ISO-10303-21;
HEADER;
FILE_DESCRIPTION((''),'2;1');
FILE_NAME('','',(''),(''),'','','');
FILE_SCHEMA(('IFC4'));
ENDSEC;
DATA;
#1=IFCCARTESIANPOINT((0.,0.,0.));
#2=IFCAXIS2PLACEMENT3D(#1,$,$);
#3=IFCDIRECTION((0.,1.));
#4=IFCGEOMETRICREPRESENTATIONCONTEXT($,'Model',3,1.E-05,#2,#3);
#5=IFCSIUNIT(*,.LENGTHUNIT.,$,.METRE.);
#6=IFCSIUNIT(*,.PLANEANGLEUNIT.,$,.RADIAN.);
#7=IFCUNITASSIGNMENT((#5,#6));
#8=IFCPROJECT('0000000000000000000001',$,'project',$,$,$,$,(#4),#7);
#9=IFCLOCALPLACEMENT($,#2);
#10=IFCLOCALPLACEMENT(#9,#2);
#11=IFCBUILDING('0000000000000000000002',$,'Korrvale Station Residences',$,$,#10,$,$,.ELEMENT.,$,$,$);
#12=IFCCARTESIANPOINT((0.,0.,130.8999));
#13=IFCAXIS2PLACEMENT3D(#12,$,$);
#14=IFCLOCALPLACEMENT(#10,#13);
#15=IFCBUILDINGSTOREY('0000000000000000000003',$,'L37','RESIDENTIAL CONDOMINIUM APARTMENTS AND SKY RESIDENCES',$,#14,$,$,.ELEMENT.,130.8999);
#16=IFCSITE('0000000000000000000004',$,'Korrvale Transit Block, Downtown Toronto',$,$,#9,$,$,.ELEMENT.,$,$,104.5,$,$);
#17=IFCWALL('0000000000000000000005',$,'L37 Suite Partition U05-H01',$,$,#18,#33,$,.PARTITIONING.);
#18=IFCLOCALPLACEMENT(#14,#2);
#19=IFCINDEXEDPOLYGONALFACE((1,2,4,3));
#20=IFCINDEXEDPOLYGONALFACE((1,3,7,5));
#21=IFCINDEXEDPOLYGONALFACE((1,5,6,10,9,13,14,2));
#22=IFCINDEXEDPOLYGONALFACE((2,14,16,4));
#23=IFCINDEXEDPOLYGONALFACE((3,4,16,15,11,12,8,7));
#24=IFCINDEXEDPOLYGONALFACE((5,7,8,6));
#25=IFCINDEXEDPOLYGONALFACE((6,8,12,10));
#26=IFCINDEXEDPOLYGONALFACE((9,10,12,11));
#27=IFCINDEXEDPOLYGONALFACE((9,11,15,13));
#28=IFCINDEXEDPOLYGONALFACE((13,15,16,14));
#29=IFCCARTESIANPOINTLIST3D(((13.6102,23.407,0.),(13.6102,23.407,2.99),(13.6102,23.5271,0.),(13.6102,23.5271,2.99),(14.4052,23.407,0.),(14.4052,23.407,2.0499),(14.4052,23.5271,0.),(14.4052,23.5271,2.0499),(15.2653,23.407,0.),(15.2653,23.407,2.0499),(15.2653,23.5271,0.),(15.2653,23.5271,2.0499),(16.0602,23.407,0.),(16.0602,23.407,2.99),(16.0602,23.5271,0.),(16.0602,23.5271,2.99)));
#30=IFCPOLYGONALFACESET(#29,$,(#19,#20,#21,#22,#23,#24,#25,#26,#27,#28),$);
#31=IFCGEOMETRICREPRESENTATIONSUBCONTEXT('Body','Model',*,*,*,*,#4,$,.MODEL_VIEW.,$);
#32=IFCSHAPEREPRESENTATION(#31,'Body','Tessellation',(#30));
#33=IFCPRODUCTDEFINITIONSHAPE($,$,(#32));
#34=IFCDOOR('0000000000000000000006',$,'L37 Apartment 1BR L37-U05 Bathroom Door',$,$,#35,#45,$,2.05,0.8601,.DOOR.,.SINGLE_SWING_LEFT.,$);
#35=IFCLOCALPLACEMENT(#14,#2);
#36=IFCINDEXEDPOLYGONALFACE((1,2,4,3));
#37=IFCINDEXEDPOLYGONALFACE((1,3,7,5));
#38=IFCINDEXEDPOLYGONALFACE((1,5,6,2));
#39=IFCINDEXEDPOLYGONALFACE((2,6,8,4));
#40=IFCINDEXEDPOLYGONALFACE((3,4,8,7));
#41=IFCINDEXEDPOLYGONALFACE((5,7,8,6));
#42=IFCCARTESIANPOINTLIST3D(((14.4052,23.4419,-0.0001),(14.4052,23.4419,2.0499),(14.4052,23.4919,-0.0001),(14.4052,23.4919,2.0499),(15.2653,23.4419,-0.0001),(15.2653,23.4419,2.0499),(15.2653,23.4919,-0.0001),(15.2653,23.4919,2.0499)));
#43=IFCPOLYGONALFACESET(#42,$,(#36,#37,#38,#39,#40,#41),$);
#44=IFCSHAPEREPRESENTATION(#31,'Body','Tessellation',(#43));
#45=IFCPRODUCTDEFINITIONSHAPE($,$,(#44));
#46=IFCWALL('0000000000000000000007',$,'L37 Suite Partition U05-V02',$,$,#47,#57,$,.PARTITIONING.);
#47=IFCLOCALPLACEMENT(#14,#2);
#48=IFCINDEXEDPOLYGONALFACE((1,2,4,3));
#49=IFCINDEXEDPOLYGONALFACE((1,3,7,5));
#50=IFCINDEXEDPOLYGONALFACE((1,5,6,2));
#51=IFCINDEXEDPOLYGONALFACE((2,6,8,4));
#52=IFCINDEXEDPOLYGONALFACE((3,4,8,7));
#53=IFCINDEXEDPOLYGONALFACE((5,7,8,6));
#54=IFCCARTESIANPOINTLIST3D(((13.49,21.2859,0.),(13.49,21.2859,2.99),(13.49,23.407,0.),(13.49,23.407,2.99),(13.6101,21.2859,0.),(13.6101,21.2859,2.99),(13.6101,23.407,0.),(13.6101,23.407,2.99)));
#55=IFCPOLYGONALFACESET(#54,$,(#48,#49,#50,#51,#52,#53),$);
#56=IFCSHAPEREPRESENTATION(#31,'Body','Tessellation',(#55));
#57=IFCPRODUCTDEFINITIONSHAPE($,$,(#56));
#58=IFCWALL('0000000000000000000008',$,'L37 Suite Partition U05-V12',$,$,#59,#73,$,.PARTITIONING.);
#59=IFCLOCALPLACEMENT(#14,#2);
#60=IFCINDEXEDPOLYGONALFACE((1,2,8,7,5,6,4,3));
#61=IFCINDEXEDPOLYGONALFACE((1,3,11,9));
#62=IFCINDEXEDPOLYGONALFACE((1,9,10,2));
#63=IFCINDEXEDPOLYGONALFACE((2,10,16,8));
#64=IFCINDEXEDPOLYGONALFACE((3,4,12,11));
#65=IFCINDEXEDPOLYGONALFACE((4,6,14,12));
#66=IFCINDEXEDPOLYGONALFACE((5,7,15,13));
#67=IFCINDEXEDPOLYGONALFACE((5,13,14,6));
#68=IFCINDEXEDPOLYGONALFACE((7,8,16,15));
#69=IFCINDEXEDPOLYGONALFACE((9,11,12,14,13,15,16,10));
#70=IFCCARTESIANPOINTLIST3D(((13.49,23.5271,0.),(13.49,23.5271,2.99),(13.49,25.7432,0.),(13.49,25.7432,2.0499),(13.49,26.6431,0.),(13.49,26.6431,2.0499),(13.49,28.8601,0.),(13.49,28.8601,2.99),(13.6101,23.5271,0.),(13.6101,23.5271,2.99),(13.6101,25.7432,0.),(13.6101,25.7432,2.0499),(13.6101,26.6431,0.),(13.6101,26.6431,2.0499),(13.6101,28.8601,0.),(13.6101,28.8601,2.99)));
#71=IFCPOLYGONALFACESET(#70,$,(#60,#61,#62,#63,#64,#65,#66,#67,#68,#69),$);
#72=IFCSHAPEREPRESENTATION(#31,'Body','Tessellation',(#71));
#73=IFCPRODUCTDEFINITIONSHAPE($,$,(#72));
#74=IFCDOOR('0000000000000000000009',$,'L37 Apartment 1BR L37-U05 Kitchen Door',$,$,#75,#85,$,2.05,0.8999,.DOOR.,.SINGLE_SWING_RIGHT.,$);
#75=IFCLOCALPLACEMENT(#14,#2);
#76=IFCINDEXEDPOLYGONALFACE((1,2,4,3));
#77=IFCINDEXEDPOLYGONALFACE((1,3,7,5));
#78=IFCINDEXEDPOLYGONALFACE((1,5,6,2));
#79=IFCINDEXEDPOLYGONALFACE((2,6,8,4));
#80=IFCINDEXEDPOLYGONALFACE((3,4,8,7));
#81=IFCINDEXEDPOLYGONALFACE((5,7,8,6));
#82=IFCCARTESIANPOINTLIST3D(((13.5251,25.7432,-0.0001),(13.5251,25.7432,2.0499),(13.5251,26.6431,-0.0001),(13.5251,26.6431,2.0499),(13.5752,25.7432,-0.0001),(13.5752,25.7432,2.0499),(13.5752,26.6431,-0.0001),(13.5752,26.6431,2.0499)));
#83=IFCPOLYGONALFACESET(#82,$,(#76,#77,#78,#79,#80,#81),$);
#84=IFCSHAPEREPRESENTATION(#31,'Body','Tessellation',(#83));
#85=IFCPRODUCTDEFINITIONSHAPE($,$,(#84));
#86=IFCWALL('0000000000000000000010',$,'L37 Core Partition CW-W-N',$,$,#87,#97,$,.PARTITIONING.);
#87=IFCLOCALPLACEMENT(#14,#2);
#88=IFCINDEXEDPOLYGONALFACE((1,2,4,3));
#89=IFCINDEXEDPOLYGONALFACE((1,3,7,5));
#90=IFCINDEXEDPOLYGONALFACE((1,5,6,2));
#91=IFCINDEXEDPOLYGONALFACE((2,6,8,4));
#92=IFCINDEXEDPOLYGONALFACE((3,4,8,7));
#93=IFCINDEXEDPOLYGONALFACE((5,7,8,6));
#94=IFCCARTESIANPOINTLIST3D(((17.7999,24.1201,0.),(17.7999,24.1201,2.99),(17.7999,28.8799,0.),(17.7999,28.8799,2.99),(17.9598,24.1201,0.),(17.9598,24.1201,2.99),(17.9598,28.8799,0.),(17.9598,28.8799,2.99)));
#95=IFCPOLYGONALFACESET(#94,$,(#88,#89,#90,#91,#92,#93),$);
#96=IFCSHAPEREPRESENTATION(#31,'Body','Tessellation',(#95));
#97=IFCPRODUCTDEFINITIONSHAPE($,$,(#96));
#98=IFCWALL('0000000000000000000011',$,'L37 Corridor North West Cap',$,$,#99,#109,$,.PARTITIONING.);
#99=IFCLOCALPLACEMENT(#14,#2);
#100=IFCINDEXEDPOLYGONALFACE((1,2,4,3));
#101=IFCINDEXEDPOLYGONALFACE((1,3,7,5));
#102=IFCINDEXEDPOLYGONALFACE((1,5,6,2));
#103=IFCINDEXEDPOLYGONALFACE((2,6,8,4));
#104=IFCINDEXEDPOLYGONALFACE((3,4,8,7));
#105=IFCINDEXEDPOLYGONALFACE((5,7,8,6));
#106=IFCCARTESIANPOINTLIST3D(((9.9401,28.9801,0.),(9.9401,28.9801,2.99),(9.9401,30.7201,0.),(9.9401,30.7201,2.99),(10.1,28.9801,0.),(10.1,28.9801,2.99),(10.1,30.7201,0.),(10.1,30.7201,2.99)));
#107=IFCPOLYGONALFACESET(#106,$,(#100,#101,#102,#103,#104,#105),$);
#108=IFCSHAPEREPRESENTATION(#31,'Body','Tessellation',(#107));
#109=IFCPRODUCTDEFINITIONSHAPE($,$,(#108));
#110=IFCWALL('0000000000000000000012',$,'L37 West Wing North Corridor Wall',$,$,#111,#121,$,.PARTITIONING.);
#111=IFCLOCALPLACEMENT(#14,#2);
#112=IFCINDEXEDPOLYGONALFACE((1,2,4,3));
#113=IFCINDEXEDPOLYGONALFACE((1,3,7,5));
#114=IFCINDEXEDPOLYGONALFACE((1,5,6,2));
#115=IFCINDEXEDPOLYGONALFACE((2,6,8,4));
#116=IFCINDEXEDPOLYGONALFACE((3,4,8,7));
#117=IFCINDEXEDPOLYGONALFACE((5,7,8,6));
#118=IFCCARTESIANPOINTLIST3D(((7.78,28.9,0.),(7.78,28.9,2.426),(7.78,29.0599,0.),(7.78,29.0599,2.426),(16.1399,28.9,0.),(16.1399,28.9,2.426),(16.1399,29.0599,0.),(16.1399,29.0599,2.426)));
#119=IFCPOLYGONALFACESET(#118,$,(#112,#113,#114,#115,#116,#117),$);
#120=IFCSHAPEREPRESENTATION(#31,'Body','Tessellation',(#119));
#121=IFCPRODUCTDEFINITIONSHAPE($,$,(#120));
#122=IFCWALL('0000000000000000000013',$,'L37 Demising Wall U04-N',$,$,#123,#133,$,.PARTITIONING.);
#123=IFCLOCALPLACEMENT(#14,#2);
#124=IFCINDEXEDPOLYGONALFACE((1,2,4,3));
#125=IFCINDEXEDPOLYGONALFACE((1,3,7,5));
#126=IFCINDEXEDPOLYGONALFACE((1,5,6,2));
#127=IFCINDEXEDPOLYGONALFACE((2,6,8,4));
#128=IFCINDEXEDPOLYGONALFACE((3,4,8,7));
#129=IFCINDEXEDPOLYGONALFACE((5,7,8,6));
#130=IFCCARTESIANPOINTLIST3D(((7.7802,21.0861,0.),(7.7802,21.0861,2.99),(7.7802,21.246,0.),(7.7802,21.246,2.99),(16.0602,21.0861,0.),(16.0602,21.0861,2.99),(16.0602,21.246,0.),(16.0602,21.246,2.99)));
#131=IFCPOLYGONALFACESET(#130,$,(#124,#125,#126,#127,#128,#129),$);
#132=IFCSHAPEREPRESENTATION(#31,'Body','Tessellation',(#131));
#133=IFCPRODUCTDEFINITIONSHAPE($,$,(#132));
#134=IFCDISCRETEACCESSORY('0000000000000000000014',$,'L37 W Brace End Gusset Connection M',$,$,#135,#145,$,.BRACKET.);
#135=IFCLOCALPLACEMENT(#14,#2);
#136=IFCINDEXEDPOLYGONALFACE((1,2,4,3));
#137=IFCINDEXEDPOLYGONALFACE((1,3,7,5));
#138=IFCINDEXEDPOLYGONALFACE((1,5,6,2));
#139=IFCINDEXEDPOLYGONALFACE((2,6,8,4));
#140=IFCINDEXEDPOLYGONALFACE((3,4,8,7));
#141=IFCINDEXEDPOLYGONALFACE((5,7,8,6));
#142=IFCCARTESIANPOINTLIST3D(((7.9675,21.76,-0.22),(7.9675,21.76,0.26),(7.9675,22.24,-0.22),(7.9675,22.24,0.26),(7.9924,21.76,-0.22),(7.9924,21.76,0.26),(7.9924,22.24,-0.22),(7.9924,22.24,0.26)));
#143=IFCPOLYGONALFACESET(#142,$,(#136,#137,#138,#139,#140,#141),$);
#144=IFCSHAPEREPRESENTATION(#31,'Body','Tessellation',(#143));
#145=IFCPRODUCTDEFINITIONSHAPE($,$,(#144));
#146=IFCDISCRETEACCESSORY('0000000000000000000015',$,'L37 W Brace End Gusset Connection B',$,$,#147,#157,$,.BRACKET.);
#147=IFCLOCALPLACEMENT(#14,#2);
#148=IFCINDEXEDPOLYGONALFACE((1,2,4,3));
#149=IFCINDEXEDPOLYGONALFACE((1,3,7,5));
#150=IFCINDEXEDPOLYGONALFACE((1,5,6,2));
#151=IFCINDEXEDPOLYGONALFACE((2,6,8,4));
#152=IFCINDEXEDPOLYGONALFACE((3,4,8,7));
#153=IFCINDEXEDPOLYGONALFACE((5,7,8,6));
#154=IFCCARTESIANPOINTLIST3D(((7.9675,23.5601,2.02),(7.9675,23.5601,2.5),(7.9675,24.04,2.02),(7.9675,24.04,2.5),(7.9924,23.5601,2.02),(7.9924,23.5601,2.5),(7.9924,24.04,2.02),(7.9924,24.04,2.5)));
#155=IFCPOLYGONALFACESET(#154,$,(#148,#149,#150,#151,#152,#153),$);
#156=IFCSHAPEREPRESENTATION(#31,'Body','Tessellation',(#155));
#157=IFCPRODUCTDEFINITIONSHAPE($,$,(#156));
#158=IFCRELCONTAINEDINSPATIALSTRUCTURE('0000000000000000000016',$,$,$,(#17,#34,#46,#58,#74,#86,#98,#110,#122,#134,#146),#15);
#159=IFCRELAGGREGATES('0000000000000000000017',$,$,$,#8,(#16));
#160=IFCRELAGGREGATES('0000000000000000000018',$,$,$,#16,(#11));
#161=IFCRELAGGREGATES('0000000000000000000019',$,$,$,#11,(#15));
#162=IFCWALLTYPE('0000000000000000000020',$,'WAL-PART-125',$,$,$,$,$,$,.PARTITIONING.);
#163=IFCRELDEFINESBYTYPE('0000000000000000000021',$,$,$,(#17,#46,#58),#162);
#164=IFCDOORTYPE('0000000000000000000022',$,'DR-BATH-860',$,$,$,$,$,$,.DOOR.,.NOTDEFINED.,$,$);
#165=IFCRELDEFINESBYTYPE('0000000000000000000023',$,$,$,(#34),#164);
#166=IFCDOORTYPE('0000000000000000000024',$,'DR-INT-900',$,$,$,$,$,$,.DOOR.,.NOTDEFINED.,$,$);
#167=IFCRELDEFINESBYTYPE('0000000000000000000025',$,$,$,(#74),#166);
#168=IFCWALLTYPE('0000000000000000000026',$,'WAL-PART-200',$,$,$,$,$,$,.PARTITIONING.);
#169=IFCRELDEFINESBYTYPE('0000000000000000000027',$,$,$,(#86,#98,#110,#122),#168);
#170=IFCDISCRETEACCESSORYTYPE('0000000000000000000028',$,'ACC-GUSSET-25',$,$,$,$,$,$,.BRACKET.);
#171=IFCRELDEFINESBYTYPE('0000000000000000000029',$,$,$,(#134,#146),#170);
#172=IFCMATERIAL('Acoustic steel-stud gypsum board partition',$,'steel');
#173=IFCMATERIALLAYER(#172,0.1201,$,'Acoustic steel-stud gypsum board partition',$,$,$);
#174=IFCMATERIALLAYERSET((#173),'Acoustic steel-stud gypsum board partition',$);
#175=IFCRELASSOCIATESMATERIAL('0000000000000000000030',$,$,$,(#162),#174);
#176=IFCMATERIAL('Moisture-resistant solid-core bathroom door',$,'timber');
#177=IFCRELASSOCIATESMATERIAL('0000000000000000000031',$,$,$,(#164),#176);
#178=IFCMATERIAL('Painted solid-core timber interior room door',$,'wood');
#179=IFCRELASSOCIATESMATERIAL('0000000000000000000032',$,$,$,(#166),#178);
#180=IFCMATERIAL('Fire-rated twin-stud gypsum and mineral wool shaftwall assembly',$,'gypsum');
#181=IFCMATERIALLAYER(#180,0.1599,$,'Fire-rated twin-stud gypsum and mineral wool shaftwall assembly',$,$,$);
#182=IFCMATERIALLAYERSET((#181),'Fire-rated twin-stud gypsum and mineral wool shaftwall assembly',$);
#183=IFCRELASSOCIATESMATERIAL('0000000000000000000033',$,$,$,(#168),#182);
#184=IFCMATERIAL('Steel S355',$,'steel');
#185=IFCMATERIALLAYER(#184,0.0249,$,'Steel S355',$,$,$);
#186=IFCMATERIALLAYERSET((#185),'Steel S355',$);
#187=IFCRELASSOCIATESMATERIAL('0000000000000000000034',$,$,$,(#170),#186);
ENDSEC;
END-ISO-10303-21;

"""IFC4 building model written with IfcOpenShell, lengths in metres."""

from ifc_helpers import new_model, si_unit, direction, frame, frame_2d, origin, origin_2d, place, context, subcontext, project, spatial, rectangle, extrude, material, layer, layer_set, type_object, element, fill, save


model = new_model("IFC4")

# Units and contexts
model_context = context("Model", 3, precision=1e-05, world=origin(), true_north=direction((0.0, 1.0)))
body_context = subcontext(model_context, "Body", "Model", "MODEL_VIEW")
ifc_project = project(units=[si_unit("LENGTHUNIT", "METRE"), si_unit("PLANEANGLEUNIT", "RADIAN")], contexts=[model_context])

# Site, building, storey
site_placement = place(None, origin())
site = spatial("IfcSite", under=ifc_project, at=site_placement, Name="Korrvale Transit Block, Downtown Toronto", CompositionType="ELEMENT", RefElevation=104.5)
building_placement = place(site_placement, origin())
building = spatial("IfcBuilding", under=site, at=building_placement, Name="Korrvale Station Residences", CompositionType="ELEMENT")
storey_placement = place(building_placement, frame((0.0, 0.0, 130.8999)))
storey = spatial("IfcBuildingStorey", under=building, at=storey_placement, Name="L37", Description="RESIDENTIAL CONDOMINIUM APARTMENTS AND SKY RESIDENCES", CompositionType="ELEMENT", Elevation=130.8999)

# Shared definitions
ifc_material_1 = material(Name="Steel S355", Category="steel")

# Wall, opening, door
ifc_material_2 = material(Name="Acoustic steel-stud gypsum board partition", Category="steel")
ifc_layer_1 = layer(ifc_material_2, 0.1201, Name="Acoustic steel-stud gypsum board partition")
ifc_layer_set_1 = layer_set([ifc_layer_1], Name="Acoustic steel-stud gypsum board partition")
wall_type_1 = type_object("IfcWallType", Name="WAL-PART-125", PredefinedType="PARTITIONING", material=ifc_layer_set_1)
wall_1_placement = place(storey_placement, frame((13.6101, 23.467, 0.0), z_axis=(0.0, 0.0, 1.0), x_axis=(1.0, 0.0, 0.0)))
wall_1 = element("IfcWall", 1, at=wall_1_placement, inside=storey, type_object=wall_type_1, Name="L37 Suite Partition U05-H01", PredefinedType="PARTITIONING", context=body_context, shape_type="SweptSolid", body=[
    extrude(rectangle(XDim=2.45, YDim=0.1201, at=frame_2d((1.2251, 0.0))), origin(), (0.0, 0.0, 1.0), 2.99),
])
opening_1_placement = place(wall_1_placement, frame((0.7949, 0.0, 0.0)))
opening_1 = element("IfcOpeningElement", 2, at=opening_1_placement, cuts=wall_1, PredefinedType="OPENING", context=body_context, shape_type="SweptSolid", body=[
    extrude(rectangle(XDim=0.8601, YDim=2.05, at=frame_2d((0.4302, 1.0249))), frame((0.0, 0.0701, 0.0), z_axis=(0.0, -1.0, 0.0), x_axis=(1.0, 0.0, 0.0)), (0.0, 0.0, 1.0), 0.1401),
])
ifc_material_3 = material(Name="Moisture-resistant solid-core bathroom door", Category="timber")
door_type_1 = type_object("IfcDoorType", Name="DR-BATH-860", OperationType="NOTDEFINED", PredefinedType="DOOR", material=ifc_material_3)
door_1_placement = place(opening_1_placement, origin())
door_1 = element("IfcDoor", 3, at=door_1_placement, inside=storey, type_object=door_type_1, Name="L37 Apartment 1BR L37-U05 Bathroom Door", OperationType="SINGLE_SWING_LEFT", OverallHeight=2.05, OverallWidth=0.8601, PredefinedType="DOOR", context=body_context, shape_type="SweptSolid", body=[
    extrude(rectangle(XDim=0.8601, YDim=2.05, at=frame_2d((0.4302, 1.0249))), frame((0.0, 0.0249, 0.0), z_axis=(0.0, -1.0, 0.0), x_axis=(1.0, 0.0, 0.0)), (0.0, 0.0, 1.0), 0.05),
])
fill(opening_1, door_1)

# Wall
wall_2_placement = place(storey_placement, frame((13.55, 21.2859, 0.0), z_axis=(0.0, 0.0, 1.0), x_axis=(0.0, 1.0, 0.0)))
element("IfcWall", 4, at=wall_2_placement, inside=storey, type_object=wall_type_1, Name="L37 Suite Partition U05-V02", PredefinedType="PARTITIONING", context=body_context, shape_type="SweptSolid", body=[
    extrude(rectangle(XDim=2.1211, YDim=0.1201, at=frame_2d((1.0605, 0.0))), origin(), (0.0, 0.0, 1.0), 2.99),
])

# Wall, opening, door
wall_3_placement = place(storey_placement, frame((13.55, 23.5271, 0.0), z_axis=(0.0, 0.0, 1.0), x_axis=(0.0, 1.0, 0.0)))
wall_3 = element("IfcWall", 5, at=wall_3_placement, inside=storey, type_object=wall_type_1, Name="L37 Suite Partition U05-V12", PredefinedType="PARTITIONING", context=body_context, shape_type="SweptSolid", body=[
    extrude(rectangle(XDim=5.333, YDim=0.1201, at=frame_2d((2.6665, 0.0))), origin(), (0.0, 0.0, 1.0), 2.99),
])
opening_2_placement = place(wall_3_placement, frame((2.2161, 0.0, 0.0)))
opening_2 = element("IfcOpeningElement", 6, at=opening_2_placement, cuts=wall_3, PredefinedType="OPENING", context=body_context, shape_type="SweptSolid", body=[
    extrude(rectangle(XDim=0.8999, YDim=2.05, at=frame_2d((0.45, 1.0249))), frame((0.0, 0.0701, 0.0), z_axis=(0.0, -1.0, 0.0), x_axis=(1.0, 0.0, 0.0)), (0.0, 0.0, 1.0), 0.1401),
])
ifc_material_4 = material(Name="Painted solid-core timber interior room door", Category="wood")
door_type_2 = type_object("IfcDoorType", Name="DR-INT-900", OperationType="NOTDEFINED", PredefinedType="DOOR", material=ifc_material_4)
door_2_placement = place(opening_2_placement, origin())
door_2 = element("IfcDoor", 7, at=door_2_placement, inside=storey, type_object=door_type_2, Name="L37 Apartment 1BR L37-U05 Kitchen Door", OperationType="SINGLE_SWING_RIGHT", OverallHeight=2.05, OverallWidth=0.8999, PredefinedType="DOOR", context=body_context, shape_type="SweptSolid", body=[
    extrude(rectangle(XDim=0.8999, YDim=2.05, at=frame_2d((0.45, 1.0249))), frame((0.0, 0.0249, 0.0), z_axis=(0.0, -1.0, 0.0), x_axis=(1.0, 0.0, 0.0)), (0.0, 0.0, 1.0), 0.05),
])
fill(opening_2, door_2)

# Walls
ifc_material_5 = material(Name="Fire-rated twin-stud gypsum and mineral wool shaftwall assembly", Category="gypsum")
ifc_layer_2 = layer(ifc_material_5, 0.1599, Name="Fire-rated twin-stud gypsum and mineral wool shaftwall assembly")
ifc_layer_set_2 = layer_set([ifc_layer_2], Name="Fire-rated twin-stud gypsum and mineral wool shaftwall assembly")
wall_type_2 = type_object("IfcWallType", Name="WAL-PART-200", PredefinedType="PARTITIONING", material=ifc_layer_set_2)
wall_4_placement = place(storey_placement, frame((17.8799, 24.1201, 0.0), z_axis=(0.0, 0.0, 1.0), x_axis=(0.0, 1.0, 0.0)))
element("IfcWall", 8, at=wall_4_placement, inside=storey, type_object=wall_type_2, Name="L37 Core Partition CW-W-N", PredefinedType="PARTITIONING", context=body_context, shape_type="SweptSolid", body=[
    extrude(rectangle(XDim=4.7598, YDim=0.1599, at=frame_2d((2.3799, 0.0))), origin(), (0.0, 0.0, 1.0), 2.99),
])
wall_5_placement = place(storey_placement, frame((10.02, 28.98, 0.0), z_axis=(0.0, 0.0, 1.0), x_axis=(0.0, 1.0, 0.0)))
element("IfcWall", 9, at=wall_5_placement, inside=storey, type_object=wall_type_2, Name="L37 Corridor North West Cap", PredefinedType="PARTITIONING", context=body_context, shape_type="SweptSolid", body=[
    extrude(rectangle(XDim=1.74, YDim=0.1599, at=frame_2d((0.8701, 0.0))), origin(), (0.0, 0.0, 1.0), 2.99),
])
wall_6_placement = place(storey_placement, frame((7.78, 28.98, 0.0), z_axis=(0.0, 0.0, 1.0), x_axis=(1.0, 0.0, 0.0)))
element("IfcWall", 10, at=wall_6_placement, inside=storey, type_object=wall_type_2, Name="L37 West Wing North Corridor Wall", PredefinedType="PARTITIONING", context=body_context, shape_type="SweptSolid", body=[
    extrude(rectangle(XDim=8.3599, YDim=0.1599, at=frame_2d((4.1799, 0.0))), origin(), (0.0, 0.0, 1.0), 2.426),
])
wall_7_placement = place(storey_placement, frame((7.78, 21.166, 0.0), z_axis=(0.0, 0.0, 1.0), x_axis=(1.0, 0.0, 0.0)))
element("IfcWall", 11, at=wall_7_placement, inside=storey, type_object=wall_type_2, Name="L37 Demising Wall U04-N", PredefinedType="PARTITIONING", context=body_context, shape_type="SweptSolid", body=[
    extrude(rectangle(XDim=8.28, YDim=0.1599, at=frame_2d((4.1401, 0.0))), origin(), (0.0, 0.0, 1.0), 2.99),
])

# Discrete accessories
ifc_layer_3 = layer(ifc_material_1, 0.0249, Name="Steel S355")
ifc_layer_set_3 = layer_set([ifc_layer_3], Name="Steel S355")
discrete_accessory_type = type_object("IfcDiscreteAccessoryType", Name="ACC-GUSSET-25", PredefinedType="BRACKET", material=ifc_layer_set_3)
for number, where, z_axis, x_axis, name in (
    (12, (7.98, 22.0, -0.22), (0.0, 0.0, 1.0), (0.0, 1.0, 0.0), "L37 W Brace End Gusset Connection M"),
    (13, (7.98, 23.8, 2.02), (0.0, 0.0, 1.0), (0.0, 1.0, 0.0), "L37 W Brace End Gusset Connection B"),
):
    element("IfcDiscreteAccessory", number, at=place(storey_placement, frame(where, z_axis=z_axis, x_axis=x_axis)), inside=storey, type_object=discrete_accessory_type, Name=name, PredefinedType="BRACKET", context=body_context, shape_type="SweptSolid", body=[
        extrude(rectangle(XDim=0.48, YDim=0.0249, at=origin_2d()), origin(), (0.0, 0.0, 1.0), 0.48),
    ])

save(model, "model.ifc")
